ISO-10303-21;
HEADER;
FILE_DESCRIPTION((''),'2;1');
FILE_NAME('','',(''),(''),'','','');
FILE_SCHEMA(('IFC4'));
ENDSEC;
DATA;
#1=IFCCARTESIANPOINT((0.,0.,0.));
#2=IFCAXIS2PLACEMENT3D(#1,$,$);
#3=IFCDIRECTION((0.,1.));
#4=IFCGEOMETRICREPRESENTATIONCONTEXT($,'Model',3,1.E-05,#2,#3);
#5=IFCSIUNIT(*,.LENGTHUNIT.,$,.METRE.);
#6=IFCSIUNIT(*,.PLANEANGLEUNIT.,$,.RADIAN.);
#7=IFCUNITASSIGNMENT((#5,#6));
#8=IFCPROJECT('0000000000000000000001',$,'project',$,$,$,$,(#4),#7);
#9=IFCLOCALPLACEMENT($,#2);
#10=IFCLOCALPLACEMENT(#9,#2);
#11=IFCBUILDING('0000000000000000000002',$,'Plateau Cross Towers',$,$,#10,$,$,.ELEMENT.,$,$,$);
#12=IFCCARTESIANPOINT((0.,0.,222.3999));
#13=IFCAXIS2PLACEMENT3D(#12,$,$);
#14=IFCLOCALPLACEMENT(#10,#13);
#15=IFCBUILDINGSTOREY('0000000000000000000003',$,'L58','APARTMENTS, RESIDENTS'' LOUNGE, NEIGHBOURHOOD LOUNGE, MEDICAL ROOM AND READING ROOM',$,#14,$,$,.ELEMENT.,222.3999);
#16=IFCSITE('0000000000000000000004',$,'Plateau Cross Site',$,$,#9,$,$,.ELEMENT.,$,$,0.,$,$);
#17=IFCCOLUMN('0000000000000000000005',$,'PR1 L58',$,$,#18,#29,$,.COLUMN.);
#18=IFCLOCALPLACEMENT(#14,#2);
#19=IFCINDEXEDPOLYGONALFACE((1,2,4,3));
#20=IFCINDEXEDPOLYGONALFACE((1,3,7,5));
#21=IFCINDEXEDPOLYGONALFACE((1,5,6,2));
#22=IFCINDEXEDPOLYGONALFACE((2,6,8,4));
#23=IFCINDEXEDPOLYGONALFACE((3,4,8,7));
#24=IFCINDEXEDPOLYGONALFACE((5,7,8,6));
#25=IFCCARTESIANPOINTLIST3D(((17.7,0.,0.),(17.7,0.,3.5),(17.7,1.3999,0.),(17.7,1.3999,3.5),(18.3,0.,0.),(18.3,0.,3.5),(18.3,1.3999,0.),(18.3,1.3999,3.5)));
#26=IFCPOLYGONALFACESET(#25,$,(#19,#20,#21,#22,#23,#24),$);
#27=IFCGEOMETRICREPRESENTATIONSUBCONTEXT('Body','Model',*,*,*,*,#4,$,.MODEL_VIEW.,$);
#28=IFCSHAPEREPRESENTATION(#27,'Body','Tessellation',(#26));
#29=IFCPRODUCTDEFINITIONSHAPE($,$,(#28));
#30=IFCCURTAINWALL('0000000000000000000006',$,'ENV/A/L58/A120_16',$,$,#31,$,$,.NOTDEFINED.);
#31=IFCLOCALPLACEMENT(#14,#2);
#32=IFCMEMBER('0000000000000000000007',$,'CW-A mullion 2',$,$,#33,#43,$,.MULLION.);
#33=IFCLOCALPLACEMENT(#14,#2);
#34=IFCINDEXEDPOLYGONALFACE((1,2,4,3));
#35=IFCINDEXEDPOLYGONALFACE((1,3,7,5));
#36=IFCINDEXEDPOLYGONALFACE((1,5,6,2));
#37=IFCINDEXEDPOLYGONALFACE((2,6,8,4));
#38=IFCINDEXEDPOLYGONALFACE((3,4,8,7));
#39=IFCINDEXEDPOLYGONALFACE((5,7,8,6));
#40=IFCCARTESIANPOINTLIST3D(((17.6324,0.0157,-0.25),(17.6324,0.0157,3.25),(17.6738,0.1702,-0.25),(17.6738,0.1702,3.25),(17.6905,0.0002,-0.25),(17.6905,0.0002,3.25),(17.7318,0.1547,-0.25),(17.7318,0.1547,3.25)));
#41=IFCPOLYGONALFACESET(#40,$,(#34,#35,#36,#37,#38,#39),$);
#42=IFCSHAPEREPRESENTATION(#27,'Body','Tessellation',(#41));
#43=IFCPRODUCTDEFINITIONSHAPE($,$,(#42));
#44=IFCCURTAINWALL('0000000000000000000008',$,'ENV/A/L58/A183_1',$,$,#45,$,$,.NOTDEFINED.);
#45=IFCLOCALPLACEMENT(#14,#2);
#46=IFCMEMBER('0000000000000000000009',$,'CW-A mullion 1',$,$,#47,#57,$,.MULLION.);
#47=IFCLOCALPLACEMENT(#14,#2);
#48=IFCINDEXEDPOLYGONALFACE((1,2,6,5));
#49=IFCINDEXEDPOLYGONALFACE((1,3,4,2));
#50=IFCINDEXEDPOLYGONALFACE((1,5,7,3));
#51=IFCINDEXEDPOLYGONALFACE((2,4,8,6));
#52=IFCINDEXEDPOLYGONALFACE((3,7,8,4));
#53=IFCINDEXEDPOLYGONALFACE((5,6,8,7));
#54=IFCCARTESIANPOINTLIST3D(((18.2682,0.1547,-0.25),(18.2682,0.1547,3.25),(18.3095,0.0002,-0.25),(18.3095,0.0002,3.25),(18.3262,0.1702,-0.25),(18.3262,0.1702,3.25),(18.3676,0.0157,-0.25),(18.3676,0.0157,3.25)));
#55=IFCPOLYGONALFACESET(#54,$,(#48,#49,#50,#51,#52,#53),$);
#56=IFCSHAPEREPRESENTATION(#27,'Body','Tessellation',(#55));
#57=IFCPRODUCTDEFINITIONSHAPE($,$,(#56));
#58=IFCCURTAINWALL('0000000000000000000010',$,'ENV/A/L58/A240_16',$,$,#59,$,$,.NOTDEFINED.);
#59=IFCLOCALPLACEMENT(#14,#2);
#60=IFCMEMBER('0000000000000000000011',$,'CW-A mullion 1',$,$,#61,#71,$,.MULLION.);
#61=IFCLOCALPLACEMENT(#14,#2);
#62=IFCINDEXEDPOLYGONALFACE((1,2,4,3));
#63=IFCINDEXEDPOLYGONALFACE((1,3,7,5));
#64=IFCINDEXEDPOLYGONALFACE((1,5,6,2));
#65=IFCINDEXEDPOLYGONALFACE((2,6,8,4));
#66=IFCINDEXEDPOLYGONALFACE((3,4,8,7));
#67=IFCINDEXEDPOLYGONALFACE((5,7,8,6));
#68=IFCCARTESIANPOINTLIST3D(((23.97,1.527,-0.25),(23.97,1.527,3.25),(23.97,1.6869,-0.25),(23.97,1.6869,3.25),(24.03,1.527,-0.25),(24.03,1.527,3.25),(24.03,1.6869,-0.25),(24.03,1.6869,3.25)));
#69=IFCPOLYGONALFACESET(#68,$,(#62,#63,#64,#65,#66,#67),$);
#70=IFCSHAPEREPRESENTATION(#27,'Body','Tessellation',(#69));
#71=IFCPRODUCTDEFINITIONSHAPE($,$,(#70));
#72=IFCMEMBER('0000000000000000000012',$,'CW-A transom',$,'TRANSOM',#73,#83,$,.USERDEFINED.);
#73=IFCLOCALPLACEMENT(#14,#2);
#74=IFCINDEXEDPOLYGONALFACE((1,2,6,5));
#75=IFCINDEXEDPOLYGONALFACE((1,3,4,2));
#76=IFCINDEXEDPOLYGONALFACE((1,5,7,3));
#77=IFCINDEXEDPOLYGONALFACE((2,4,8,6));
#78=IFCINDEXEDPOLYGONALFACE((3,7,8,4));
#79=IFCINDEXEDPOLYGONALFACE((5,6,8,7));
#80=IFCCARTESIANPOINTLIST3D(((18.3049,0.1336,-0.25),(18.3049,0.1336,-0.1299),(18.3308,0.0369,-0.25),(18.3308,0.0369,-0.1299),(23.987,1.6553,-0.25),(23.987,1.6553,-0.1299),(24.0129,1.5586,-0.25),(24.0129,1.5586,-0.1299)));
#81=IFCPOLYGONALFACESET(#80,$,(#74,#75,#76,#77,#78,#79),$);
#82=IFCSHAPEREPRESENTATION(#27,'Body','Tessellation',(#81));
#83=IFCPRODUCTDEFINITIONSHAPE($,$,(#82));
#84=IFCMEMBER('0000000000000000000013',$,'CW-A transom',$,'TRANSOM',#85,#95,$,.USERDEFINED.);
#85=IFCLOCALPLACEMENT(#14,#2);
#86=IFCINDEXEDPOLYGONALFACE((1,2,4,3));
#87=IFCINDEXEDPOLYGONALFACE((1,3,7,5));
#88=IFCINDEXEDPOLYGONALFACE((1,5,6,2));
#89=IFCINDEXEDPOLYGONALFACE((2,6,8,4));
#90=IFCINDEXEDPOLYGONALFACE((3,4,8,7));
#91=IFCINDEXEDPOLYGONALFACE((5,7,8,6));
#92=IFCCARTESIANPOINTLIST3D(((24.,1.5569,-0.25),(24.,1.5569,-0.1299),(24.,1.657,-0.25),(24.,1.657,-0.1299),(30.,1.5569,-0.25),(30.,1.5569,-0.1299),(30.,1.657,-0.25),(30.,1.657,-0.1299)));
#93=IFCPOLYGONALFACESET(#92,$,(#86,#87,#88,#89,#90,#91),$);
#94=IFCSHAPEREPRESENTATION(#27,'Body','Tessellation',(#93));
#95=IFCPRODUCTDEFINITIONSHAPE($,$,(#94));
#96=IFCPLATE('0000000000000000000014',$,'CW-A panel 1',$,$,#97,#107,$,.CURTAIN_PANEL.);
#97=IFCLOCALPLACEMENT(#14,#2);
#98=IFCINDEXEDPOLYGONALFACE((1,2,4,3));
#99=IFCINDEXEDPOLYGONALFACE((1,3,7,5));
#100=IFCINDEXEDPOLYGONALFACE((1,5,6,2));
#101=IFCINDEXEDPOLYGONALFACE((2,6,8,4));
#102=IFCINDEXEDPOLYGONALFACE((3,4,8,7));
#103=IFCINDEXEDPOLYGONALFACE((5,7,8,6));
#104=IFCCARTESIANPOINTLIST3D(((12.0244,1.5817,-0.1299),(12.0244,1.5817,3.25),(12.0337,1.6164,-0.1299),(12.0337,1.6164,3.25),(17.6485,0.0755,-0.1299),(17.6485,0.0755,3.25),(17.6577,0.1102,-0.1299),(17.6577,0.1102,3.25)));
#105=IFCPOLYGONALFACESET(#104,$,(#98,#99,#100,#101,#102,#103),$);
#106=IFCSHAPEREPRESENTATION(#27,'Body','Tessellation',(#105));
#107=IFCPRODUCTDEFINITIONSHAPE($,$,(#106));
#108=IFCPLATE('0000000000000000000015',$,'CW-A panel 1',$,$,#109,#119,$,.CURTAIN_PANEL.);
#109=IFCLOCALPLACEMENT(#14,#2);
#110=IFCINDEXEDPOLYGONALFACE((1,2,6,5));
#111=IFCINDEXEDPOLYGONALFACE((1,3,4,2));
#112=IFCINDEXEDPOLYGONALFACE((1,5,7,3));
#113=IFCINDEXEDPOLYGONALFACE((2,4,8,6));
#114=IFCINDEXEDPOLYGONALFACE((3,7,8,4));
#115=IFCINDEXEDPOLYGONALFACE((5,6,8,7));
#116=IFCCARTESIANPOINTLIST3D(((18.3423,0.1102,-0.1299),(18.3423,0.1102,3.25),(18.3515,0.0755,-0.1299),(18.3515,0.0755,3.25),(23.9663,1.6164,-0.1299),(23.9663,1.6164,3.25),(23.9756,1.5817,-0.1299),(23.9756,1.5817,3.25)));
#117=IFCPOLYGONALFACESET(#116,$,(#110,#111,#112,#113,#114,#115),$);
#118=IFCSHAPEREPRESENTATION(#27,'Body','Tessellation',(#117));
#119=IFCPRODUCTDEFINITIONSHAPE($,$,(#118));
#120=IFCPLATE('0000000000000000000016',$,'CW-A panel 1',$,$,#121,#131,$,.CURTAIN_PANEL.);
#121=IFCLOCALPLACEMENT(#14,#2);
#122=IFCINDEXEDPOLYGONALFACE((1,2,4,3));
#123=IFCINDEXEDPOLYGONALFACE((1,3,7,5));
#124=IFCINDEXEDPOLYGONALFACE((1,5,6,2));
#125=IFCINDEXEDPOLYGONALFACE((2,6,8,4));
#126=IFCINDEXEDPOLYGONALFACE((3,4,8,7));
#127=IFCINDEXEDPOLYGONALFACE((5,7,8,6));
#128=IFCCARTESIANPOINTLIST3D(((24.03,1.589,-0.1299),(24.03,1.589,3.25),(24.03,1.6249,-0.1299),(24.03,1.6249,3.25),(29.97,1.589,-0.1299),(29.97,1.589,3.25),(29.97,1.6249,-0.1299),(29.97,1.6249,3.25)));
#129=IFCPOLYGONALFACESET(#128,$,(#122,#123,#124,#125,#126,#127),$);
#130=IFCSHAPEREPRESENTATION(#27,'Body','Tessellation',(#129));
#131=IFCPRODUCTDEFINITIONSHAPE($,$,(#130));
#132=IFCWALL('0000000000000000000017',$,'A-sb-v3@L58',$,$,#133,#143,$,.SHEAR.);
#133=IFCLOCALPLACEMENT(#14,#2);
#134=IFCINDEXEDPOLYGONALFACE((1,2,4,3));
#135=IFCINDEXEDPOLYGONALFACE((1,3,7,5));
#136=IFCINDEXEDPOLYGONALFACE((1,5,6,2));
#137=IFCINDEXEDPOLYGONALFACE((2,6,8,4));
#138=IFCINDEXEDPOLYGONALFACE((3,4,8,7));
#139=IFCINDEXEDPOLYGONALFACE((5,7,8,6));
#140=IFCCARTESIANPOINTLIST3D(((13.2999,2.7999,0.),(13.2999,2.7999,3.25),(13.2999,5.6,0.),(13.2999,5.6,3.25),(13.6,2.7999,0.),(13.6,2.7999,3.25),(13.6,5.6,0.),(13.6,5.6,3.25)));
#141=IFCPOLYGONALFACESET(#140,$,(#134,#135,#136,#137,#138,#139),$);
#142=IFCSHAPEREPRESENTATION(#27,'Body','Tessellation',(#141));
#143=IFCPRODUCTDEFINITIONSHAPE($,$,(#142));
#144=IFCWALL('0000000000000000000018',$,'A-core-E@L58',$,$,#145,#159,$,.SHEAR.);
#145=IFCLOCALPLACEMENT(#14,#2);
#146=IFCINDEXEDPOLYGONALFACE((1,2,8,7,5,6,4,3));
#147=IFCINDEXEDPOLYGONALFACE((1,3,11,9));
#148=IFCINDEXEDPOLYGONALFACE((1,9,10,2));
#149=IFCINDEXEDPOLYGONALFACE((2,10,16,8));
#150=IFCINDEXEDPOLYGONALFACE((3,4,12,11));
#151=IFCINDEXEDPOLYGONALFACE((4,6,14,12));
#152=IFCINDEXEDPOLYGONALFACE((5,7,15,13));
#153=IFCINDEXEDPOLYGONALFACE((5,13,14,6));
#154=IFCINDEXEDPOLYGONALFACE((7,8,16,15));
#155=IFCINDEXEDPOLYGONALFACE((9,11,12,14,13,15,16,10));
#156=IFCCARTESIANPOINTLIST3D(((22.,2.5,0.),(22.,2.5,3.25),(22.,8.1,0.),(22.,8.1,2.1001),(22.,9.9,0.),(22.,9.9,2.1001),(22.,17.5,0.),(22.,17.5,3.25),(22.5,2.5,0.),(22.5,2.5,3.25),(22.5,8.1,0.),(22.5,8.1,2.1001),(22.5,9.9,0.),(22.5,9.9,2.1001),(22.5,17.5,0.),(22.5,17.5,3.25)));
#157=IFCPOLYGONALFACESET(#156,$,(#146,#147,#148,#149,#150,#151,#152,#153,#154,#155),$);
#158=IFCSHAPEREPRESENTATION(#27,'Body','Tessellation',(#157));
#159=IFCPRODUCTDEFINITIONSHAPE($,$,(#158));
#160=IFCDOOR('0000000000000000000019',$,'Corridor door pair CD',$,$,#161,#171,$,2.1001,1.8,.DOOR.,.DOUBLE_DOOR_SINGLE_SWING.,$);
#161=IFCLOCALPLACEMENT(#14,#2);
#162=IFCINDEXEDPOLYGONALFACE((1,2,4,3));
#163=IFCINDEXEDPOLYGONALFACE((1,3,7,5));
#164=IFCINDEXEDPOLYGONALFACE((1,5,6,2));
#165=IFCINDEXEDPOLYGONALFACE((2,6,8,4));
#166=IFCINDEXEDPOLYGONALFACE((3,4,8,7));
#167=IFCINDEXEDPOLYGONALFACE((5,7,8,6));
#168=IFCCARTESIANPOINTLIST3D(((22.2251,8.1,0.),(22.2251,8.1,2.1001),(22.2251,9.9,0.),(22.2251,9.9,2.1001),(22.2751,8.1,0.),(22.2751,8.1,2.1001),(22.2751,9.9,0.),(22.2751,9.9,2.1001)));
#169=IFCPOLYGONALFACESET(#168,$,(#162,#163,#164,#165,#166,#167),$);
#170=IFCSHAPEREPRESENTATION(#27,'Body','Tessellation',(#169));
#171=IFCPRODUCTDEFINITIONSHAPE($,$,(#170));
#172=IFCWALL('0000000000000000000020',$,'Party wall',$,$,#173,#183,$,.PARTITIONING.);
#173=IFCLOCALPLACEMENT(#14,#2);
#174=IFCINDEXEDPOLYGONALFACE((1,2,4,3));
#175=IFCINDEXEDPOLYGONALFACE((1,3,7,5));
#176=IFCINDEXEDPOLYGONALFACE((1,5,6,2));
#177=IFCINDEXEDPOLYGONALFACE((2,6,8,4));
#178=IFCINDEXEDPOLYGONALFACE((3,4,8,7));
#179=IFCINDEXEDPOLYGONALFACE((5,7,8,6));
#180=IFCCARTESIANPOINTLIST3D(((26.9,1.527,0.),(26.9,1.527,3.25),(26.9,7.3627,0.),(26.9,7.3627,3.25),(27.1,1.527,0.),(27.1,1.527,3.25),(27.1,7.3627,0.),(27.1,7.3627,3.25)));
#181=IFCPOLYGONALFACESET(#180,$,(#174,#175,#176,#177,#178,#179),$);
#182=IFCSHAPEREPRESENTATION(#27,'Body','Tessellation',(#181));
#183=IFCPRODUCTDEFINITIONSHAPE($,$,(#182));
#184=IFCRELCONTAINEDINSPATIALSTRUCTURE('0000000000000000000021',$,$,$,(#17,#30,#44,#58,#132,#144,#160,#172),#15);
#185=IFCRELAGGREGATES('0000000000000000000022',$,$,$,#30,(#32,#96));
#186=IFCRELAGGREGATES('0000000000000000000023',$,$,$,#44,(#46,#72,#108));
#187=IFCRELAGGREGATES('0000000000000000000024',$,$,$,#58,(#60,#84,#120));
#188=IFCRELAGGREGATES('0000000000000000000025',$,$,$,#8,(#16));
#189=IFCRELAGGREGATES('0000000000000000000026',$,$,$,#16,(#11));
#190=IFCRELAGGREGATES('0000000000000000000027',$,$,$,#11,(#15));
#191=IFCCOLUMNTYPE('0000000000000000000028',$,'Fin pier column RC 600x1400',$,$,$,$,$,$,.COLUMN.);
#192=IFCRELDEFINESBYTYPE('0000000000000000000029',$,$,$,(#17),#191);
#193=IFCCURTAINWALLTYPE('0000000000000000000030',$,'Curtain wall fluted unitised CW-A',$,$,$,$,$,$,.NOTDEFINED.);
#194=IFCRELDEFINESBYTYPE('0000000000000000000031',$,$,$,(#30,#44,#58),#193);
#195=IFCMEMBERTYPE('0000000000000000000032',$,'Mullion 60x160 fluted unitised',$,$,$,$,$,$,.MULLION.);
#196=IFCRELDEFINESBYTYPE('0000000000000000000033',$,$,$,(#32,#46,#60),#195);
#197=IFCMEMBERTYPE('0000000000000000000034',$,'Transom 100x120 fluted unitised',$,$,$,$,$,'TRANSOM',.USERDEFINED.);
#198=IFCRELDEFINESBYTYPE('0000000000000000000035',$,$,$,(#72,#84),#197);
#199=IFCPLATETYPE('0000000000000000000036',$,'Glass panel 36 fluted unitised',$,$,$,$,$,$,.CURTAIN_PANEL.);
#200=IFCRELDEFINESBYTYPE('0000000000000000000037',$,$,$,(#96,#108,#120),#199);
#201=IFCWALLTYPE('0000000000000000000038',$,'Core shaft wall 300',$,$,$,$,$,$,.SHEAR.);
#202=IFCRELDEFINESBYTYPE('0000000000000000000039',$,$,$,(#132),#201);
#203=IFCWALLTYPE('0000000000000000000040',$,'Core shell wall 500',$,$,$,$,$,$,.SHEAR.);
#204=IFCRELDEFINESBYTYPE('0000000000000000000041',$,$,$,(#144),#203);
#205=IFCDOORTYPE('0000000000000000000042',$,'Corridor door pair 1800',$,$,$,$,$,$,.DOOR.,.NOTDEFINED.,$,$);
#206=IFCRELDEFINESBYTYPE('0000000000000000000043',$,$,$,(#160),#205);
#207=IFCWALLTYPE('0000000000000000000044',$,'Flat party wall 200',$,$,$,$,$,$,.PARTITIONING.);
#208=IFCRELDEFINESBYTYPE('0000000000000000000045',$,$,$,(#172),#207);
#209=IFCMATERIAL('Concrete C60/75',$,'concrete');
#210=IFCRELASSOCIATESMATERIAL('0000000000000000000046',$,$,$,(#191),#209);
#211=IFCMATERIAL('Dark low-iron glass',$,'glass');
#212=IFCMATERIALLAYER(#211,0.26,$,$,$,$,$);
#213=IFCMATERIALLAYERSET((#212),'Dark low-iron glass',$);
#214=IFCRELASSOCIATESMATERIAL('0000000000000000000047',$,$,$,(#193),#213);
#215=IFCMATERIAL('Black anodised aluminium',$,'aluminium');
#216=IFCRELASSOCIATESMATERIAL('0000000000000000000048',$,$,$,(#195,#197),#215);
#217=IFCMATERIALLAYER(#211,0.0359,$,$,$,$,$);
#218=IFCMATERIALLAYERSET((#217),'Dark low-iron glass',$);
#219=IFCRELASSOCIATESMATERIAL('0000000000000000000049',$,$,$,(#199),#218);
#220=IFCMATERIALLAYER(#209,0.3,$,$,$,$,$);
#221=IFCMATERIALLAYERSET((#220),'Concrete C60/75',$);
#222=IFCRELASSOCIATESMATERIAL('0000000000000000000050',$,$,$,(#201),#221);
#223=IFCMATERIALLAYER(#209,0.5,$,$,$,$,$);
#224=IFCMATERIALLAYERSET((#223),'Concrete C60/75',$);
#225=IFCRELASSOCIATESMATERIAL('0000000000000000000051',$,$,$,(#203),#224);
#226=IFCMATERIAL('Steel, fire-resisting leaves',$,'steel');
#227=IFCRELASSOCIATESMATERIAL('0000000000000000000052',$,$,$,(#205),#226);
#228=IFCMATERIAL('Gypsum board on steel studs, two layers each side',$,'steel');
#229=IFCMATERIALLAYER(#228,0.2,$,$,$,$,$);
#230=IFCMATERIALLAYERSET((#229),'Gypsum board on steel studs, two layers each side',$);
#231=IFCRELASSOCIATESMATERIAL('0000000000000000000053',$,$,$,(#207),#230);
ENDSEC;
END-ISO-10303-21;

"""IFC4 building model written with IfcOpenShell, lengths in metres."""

from ifc_helpers import new_model, si_unit, direction, frame, frame_2d, origin, origin_2d, place, context, subcontext, project, spatial, rectangle, extrude, material, layer, layer_set, material_profile, profile_set, type_object, element, fill, aggregate, save


model = new_model("IFC4")

# Units and contexts
model_context = context("Model", 3, precision=1e-05, world=origin(), true_north=direction((0.0, 1.0)))
body_context = subcontext(model_context, "Body", "Model", "MODEL_VIEW")
ifc_project = project(units=[si_unit("LENGTHUNIT", "METRE"), si_unit("PLANEANGLEUNIT", "RADIAN")], contexts=[model_context])

# Site, building, storey
site_placement = place(None, origin())
site = spatial("IfcSite", under=ifc_project, at=site_placement, Name="Plateau Cross Site", CompositionType="ELEMENT", RefElevation=0.0)
building_placement = place(site_placement, origin())
building = spatial("IfcBuilding", under=site, at=building_placement, Name="Plateau Cross Towers", CompositionType="ELEMENT")
storey_placement = place(building_placement, frame((0.0, 0.0, 222.3999)))
storey = spatial("IfcBuildingStorey", under=building, at=storey_placement, Name="L58", Description="APARTMENTS, RESIDENTS' LOUNGE, NEIGHBOURHOOD LOUNGE, MEDICAL ROOM AND READING ROOM", CompositionType="ELEMENT", Elevation=222.3999)

# Column
ifc_material_1 = material(Name="Concrete C60/75", Category="concrete")
ifc_material_profile_1 = material_profile(ifc_material_1, rectangle(XDim=0.6001, YDim=1.3999, at=origin_2d()), Name="RC 600x1400")
ifc_profile_set_1 = profile_set([ifc_material_profile_1], Name="Concrete C60/75")
column_type = type_object("IfcColumnType", Name="Fin pier column RC 600x1400", PredefinedType="COLUMN", material=ifc_profile_set_1)
column_placement = place(storey_placement, frame((18.0, 0.7, 0.0), z_axis=(0.0, 0.0, 1.0), x_axis=(1.0, 0.0, 0.0)))
element("IfcColumn", 1, at=column_placement, inside=storey, type_object=column_type, Name="PR1 L58", PredefinedType="COLUMN", context=body_context, shape_type="SweptSolid", body=[
    extrude(rectangle(XDim=0.6001, YDim=1.3999, at=origin_2d()), origin(), (0.0, 0.0, 1.0), 3.5),
])

# Curtain walls, members
ifc_material_2 = material(Name="Dark low-iron glass", Category="glass")
ifc_layer_1 = layer(ifc_material_2, 0.26)
ifc_layer_set_1 = layer_set([ifc_layer_1], Name="Dark low-iron glass")
curtain_wall_type = type_object("IfcCurtainWallType", Name="Curtain wall fluted unitised CW-A", PredefinedType="NOTDEFINED", material=ifc_layer_set_1)
curtain_wall_1_placement = place(storey_placement, origin())
curtain_wall_1 = element("IfcCurtainWall", 2, at=curtain_wall_1_placement, inside=storey, type_object=curtain_wall_type, Name="ENV/A/L58/A120_16", PredefinedType="NOTDEFINED")
ifc_material_3 = material(Name="Black anodised aluminium", Category="aluminium")
ifc_material_profile_2 = material_profile(ifc_material_3, rectangle(XDim=0.0601, YDim=0.1599, at=origin_2d()), Name="MULLION 60x160")
ifc_profile_set_2 = profile_set([ifc_material_profile_2], Name="Black anodised aluminium")
member_type_1 = type_object("IfcMemberType", Name="Mullion 60x160 fluted unitised", PredefinedType="MULLION", material=ifc_profile_set_2)
member_1_placement = place(storey_placement, frame((17.6821, 0.0852, -0.25), z_axis=(0.0, 0.0, 1.0), x_axis=(0.965958, -0.258699, 0.0)))
member_1 = element("IfcMember", 3, at=member_1_placement, type_object=member_type_1, Name="CW-A mullion 2", PredefinedType="MULLION", context=body_context, shape_type="SweptSolid", body=[
    extrude(rectangle(XDim=0.0601, YDim=0.1599, at=origin_2d()), origin(), (0.0, 0.0, 1.0), 3.5),
])
curtain_wall_2_placement = place(storey_placement, origin())
curtain_wall_2 = element("IfcCurtainWall", 4, at=curtain_wall_2_placement, inside=storey, type_object=curtain_wall_type, Name="ENV/A/L58/A183_1", PredefinedType="NOTDEFINED")
member_2_placement = place(storey_placement, frame((18.3179, 0.0852, -0.25), z_axis=(0.0, 0.0, 1.0), x_axis=(0.965958, 0.258699, 0.0)))
member_2 = element("IfcMember", 5, at=member_2_placement, type_object=member_type_1, Name="CW-A mullion 1", PredefinedType="MULLION", context=body_context, shape_type="SweptSolid", body=[
    extrude(rectangle(XDim=0.0601, YDim=0.1599, at=origin_2d()), origin(), (0.0, 0.0, 1.0), 3.5),
])
curtain_wall_3_placement = place(storey_placement, origin())
curtain_wall_3 = element("IfcCurtainWall", 6, at=curtain_wall_3_placement, inside=storey, type_object=curtain_wall_type, Name="ENV/A/L58/A240_16", PredefinedType="NOTDEFINED")
member_3_placement = place(storey_placement, frame((24.0, 1.6069, -0.25), z_axis=(0.0, 0.0, 1.0), x_axis=(1.0, 0.0, 0.0)))
member_3 = element("IfcMember", 7, at=member_3_placement, type_object=member_type_1, Name="CW-A mullion 1", PredefinedType="MULLION", context=body_context, shape_type="SweptSolid", body=[
    extrude(rectangle(XDim=0.0601, YDim=0.1599, at=origin_2d()), origin(), (0.0, 0.0, 1.0), 3.5),
])

# Members
ifc_material_profile_3 = material_profile(ifc_material_3, rectangle(XDim=0.1001, YDim=0.1201, at=origin_2d()), Name="TRANSOM 100x120")
ifc_profile_set_3 = profile_set([ifc_material_profile_3], Name="Black anodised aluminium")
member_type_2 = type_object("IfcMemberType", Name="Transom 100x120 fluted unitised", ElementType="TRANSOM", PredefinedType="USERDEFINED", material=ifc_profile_set_3)
member_4_placement = place(storey_placement, frame((18.3179, 0.0852, -0.1899), z_axis=(0.96596, 0.258693, 0.0), x_axis=(-0.258693, 0.96596, 0.0)))
member_4 = element("IfcMember", 8, at=member_4_placement, type_object=member_type_2, Name="CW-A transom", ObjectType="TRANSOM", PredefinedType="USERDEFINED", context=body_context, shape_type="SweptSolid", body=[
    extrude(rectangle(XDim=0.1001, YDim=0.1201, at=origin_2d()), origin(), (0.0, 0.0, 1.0), 5.8823),
])
member_5_placement = place(storey_placement, frame((24.0, 1.6069, -0.1899), z_axis=(1.0, 0.0, 0.0), x_axis=(0.0, 1.0, 0.0)))
member_5 = element("IfcMember", 9, at=member_5_placement, type_object=member_type_2, Name="CW-A transom", ObjectType="TRANSOM", PredefinedType="USERDEFINED", context=body_context, shape_type="SweptSolid", body=[
    extrude(rectangle(XDim=0.1001, YDim=0.1201, at=origin_2d()), origin(), (0.0, 0.0, 1.0), 6.0),
])

# Plates
ifc_layer_2 = layer(ifc_material_2, 0.0359)
ifc_layer_set_2 = layer_set([ifc_layer_2], Name="Dark low-iron glass")
plate_type = type_object("IfcPlateType", Name="Glass panel 36 fluted unitised", PredefinedType="CURTAIN_PANEL", material=ifc_layer_set_2)
plate_1_placement = place(storey_placement, frame((14.8411, 0.8459, -0.1299), z_axis=(0.0, 0.0, 1.0), x_axis=(0.965958, -0.258699, 0.0)))
plate_1 = element("IfcPlate", 10, at=plate_1_placement, type_object=plate_type, Name="CW-A panel 1", PredefinedType="CURTAIN_PANEL", context=body_context, shape_type="SweptSolid", body=[
    extrude(rectangle(XDim=5.8223, YDim=0.0359, at=origin_2d()), origin(), (0.0, 0.0, 1.0), 3.3799),
])
aggregate(curtain_wall_1, [member_1, plate_1])
plate_2_placement = place(storey_placement, frame((21.1589, 0.8459, -0.1299), z_axis=(0.0, 0.0, 1.0), x_axis=(0.965958, 0.258699, 0.0)))
plate_2 = element("IfcPlate", 11, at=plate_2_placement, type_object=plate_type, Name="CW-A panel 1", PredefinedType="CURTAIN_PANEL", context=body_context, shape_type="SweptSolid", body=[
    extrude(rectangle(XDim=5.8223, YDim=0.0359, at=origin_2d()), origin(), (0.0, 0.0, 1.0), 3.3799),
])
aggregate(curtain_wall_2, [member_2, member_4, plate_2])
plate_3_placement = place(storey_placement, frame((27.0, 1.6069, -0.1299), z_axis=(0.0, 0.0, 1.0), x_axis=(1.0, 0.0, 0.0)))
plate_3 = element("IfcPlate", 12, at=plate_3_placement, type_object=plate_type, Name="CW-A panel 1", PredefinedType="CURTAIN_PANEL", context=body_context, shape_type="SweptSolid", body=[
    extrude(rectangle(XDim=5.9399, YDim=0.0359, at=origin_2d()), origin(), (0.0, 0.0, 1.0), 3.3799),
])
aggregate(curtain_wall_3, [member_3, member_5, plate_3])

# Wall
ifc_layer_3 = layer(ifc_material_1, 0.3)
ifc_layer_set_3 = layer_set([ifc_layer_3], Name="Concrete C60/75")
wall_type_1 = type_object("IfcWallType", Name="Core shaft wall 300", PredefinedType="SHEAR", material=ifc_layer_set_3)
wall_1_placement = place(storey_placement, frame((13.45, 2.8, 0.0), z_axis=(0.0, 0.0, 1.0), x_axis=(0.0, 1.0, 0.0)))
element("IfcWall", 13, at=wall_1_placement, inside=storey, type_object=wall_type_1, Name="A-sb-v3@L58", PredefinedType="SHEAR", context=body_context, shape_type="SweptSolid", body=[
    extrude(rectangle(XDim=2.8, YDim=0.3, at=frame_2d((1.3999, 0.0))), origin(), (0.0, 0.0, 1.0), 3.25),
])

# Wall, opening, door
ifc_layer_4 = layer(ifc_material_1, 0.5)
ifc_layer_set_4 = layer_set([ifc_layer_4], Name="Concrete C60/75")
wall_type_2 = type_object("IfcWallType", Name="Core shell wall 500", PredefinedType="SHEAR", material=ifc_layer_set_4)
wall_2_placement = place(storey_placement, frame((22.25, 2.5, 0.0), z_axis=(0.0, 0.0, 1.0), x_axis=(0.0, 1.0, 0.0)))
wall_2 = element("IfcWall", 14, at=wall_2_placement, inside=storey, type_object=wall_type_2, Name="A-core-E@L58", PredefinedType="SHEAR", context=body_context, shape_type="SweptSolid", body=[
    extrude(rectangle(XDim=15.0, YDim=0.5, at=frame_2d((7.5, 0.0))), origin(), (0.0, 0.0, 1.0), 3.25),
])
opening_placement = place(wall_2_placement, frame((5.6001, 0.0, 0.0)))
opening = element("IfcOpeningElement", 15, at=opening_placement, cuts=wall_2, PredefinedType="OPENING", context=body_context, shape_type="SweptSolid", body=[
    extrude(rectangle(XDim=1.8, YDim=2.1001, at=frame_2d((0.8999, 1.05))), frame((0.0, 0.26, 0.0), z_axis=(0.0, -1.0, 0.0), x_axis=(1.0, 0.0, 0.0)), (0.0, 0.0, 1.0), 0.52),
])
ifc_material_4 = material(Name="Steel, fire-resisting leaves", Category="steel")
door_type = type_object("IfcDoorType", Name="Corridor door pair 1800", OperationType="NOTDEFINED", PredefinedType="DOOR", material=ifc_material_4)
door_placement = place(opening_placement, origin())
door = element("IfcDoor", 16, at=door_placement, inside=storey, type_object=door_type, Name="Corridor door pair CD", OperationType="DOUBLE_DOOR_SINGLE_SWING", OverallHeight=2.1001, OverallWidth=1.8, PredefinedType="DOOR", context=body_context, shape_type="SweptSolid", body=[
    extrude(rectangle(XDim=1.8, YDim=2.1001, at=frame_2d((0.8999, 1.05))), frame((0.0, 0.0249, 0.0), z_axis=(0.0, -1.0, 0.0), x_axis=(1.0, 0.0, 0.0)), (0.0, 0.0, 1.0), 0.05),
])
fill(opening, door)

# Wall
ifc_material_5 = material(Name="Gypsum board on steel studs, two layers each side", Category="steel")
ifc_layer_5 = layer(ifc_material_5, 0.2)
ifc_layer_set_5 = layer_set([ifc_layer_5], Name="Gypsum board on steel studs, two layers each side")
wall_type_3 = type_object("IfcWallType", Name="Flat party wall 200", PredefinedType="PARTITIONING", material=ifc_layer_set_5)
wall_3_placement = place(storey_placement, frame((27.0, 1.5269, 0.0), z_axis=(0.0, 0.0, 1.0), x_axis=(0.0, 1.0, 0.0)))
element("IfcWall", 17, at=wall_3_placement, inside=storey, type_object=wall_type_3, Name="Party wall", PredefinedType="PARTITIONING", context=body_context, shape_type="SweptSolid", body=[
    extrude(rectangle(XDim=5.8357, YDim=0.2, at=frame_2d((2.918, 0.0))), origin(), (0.0, 0.0, 1.0), 3.25),
])

save(model, "model.ifc")
